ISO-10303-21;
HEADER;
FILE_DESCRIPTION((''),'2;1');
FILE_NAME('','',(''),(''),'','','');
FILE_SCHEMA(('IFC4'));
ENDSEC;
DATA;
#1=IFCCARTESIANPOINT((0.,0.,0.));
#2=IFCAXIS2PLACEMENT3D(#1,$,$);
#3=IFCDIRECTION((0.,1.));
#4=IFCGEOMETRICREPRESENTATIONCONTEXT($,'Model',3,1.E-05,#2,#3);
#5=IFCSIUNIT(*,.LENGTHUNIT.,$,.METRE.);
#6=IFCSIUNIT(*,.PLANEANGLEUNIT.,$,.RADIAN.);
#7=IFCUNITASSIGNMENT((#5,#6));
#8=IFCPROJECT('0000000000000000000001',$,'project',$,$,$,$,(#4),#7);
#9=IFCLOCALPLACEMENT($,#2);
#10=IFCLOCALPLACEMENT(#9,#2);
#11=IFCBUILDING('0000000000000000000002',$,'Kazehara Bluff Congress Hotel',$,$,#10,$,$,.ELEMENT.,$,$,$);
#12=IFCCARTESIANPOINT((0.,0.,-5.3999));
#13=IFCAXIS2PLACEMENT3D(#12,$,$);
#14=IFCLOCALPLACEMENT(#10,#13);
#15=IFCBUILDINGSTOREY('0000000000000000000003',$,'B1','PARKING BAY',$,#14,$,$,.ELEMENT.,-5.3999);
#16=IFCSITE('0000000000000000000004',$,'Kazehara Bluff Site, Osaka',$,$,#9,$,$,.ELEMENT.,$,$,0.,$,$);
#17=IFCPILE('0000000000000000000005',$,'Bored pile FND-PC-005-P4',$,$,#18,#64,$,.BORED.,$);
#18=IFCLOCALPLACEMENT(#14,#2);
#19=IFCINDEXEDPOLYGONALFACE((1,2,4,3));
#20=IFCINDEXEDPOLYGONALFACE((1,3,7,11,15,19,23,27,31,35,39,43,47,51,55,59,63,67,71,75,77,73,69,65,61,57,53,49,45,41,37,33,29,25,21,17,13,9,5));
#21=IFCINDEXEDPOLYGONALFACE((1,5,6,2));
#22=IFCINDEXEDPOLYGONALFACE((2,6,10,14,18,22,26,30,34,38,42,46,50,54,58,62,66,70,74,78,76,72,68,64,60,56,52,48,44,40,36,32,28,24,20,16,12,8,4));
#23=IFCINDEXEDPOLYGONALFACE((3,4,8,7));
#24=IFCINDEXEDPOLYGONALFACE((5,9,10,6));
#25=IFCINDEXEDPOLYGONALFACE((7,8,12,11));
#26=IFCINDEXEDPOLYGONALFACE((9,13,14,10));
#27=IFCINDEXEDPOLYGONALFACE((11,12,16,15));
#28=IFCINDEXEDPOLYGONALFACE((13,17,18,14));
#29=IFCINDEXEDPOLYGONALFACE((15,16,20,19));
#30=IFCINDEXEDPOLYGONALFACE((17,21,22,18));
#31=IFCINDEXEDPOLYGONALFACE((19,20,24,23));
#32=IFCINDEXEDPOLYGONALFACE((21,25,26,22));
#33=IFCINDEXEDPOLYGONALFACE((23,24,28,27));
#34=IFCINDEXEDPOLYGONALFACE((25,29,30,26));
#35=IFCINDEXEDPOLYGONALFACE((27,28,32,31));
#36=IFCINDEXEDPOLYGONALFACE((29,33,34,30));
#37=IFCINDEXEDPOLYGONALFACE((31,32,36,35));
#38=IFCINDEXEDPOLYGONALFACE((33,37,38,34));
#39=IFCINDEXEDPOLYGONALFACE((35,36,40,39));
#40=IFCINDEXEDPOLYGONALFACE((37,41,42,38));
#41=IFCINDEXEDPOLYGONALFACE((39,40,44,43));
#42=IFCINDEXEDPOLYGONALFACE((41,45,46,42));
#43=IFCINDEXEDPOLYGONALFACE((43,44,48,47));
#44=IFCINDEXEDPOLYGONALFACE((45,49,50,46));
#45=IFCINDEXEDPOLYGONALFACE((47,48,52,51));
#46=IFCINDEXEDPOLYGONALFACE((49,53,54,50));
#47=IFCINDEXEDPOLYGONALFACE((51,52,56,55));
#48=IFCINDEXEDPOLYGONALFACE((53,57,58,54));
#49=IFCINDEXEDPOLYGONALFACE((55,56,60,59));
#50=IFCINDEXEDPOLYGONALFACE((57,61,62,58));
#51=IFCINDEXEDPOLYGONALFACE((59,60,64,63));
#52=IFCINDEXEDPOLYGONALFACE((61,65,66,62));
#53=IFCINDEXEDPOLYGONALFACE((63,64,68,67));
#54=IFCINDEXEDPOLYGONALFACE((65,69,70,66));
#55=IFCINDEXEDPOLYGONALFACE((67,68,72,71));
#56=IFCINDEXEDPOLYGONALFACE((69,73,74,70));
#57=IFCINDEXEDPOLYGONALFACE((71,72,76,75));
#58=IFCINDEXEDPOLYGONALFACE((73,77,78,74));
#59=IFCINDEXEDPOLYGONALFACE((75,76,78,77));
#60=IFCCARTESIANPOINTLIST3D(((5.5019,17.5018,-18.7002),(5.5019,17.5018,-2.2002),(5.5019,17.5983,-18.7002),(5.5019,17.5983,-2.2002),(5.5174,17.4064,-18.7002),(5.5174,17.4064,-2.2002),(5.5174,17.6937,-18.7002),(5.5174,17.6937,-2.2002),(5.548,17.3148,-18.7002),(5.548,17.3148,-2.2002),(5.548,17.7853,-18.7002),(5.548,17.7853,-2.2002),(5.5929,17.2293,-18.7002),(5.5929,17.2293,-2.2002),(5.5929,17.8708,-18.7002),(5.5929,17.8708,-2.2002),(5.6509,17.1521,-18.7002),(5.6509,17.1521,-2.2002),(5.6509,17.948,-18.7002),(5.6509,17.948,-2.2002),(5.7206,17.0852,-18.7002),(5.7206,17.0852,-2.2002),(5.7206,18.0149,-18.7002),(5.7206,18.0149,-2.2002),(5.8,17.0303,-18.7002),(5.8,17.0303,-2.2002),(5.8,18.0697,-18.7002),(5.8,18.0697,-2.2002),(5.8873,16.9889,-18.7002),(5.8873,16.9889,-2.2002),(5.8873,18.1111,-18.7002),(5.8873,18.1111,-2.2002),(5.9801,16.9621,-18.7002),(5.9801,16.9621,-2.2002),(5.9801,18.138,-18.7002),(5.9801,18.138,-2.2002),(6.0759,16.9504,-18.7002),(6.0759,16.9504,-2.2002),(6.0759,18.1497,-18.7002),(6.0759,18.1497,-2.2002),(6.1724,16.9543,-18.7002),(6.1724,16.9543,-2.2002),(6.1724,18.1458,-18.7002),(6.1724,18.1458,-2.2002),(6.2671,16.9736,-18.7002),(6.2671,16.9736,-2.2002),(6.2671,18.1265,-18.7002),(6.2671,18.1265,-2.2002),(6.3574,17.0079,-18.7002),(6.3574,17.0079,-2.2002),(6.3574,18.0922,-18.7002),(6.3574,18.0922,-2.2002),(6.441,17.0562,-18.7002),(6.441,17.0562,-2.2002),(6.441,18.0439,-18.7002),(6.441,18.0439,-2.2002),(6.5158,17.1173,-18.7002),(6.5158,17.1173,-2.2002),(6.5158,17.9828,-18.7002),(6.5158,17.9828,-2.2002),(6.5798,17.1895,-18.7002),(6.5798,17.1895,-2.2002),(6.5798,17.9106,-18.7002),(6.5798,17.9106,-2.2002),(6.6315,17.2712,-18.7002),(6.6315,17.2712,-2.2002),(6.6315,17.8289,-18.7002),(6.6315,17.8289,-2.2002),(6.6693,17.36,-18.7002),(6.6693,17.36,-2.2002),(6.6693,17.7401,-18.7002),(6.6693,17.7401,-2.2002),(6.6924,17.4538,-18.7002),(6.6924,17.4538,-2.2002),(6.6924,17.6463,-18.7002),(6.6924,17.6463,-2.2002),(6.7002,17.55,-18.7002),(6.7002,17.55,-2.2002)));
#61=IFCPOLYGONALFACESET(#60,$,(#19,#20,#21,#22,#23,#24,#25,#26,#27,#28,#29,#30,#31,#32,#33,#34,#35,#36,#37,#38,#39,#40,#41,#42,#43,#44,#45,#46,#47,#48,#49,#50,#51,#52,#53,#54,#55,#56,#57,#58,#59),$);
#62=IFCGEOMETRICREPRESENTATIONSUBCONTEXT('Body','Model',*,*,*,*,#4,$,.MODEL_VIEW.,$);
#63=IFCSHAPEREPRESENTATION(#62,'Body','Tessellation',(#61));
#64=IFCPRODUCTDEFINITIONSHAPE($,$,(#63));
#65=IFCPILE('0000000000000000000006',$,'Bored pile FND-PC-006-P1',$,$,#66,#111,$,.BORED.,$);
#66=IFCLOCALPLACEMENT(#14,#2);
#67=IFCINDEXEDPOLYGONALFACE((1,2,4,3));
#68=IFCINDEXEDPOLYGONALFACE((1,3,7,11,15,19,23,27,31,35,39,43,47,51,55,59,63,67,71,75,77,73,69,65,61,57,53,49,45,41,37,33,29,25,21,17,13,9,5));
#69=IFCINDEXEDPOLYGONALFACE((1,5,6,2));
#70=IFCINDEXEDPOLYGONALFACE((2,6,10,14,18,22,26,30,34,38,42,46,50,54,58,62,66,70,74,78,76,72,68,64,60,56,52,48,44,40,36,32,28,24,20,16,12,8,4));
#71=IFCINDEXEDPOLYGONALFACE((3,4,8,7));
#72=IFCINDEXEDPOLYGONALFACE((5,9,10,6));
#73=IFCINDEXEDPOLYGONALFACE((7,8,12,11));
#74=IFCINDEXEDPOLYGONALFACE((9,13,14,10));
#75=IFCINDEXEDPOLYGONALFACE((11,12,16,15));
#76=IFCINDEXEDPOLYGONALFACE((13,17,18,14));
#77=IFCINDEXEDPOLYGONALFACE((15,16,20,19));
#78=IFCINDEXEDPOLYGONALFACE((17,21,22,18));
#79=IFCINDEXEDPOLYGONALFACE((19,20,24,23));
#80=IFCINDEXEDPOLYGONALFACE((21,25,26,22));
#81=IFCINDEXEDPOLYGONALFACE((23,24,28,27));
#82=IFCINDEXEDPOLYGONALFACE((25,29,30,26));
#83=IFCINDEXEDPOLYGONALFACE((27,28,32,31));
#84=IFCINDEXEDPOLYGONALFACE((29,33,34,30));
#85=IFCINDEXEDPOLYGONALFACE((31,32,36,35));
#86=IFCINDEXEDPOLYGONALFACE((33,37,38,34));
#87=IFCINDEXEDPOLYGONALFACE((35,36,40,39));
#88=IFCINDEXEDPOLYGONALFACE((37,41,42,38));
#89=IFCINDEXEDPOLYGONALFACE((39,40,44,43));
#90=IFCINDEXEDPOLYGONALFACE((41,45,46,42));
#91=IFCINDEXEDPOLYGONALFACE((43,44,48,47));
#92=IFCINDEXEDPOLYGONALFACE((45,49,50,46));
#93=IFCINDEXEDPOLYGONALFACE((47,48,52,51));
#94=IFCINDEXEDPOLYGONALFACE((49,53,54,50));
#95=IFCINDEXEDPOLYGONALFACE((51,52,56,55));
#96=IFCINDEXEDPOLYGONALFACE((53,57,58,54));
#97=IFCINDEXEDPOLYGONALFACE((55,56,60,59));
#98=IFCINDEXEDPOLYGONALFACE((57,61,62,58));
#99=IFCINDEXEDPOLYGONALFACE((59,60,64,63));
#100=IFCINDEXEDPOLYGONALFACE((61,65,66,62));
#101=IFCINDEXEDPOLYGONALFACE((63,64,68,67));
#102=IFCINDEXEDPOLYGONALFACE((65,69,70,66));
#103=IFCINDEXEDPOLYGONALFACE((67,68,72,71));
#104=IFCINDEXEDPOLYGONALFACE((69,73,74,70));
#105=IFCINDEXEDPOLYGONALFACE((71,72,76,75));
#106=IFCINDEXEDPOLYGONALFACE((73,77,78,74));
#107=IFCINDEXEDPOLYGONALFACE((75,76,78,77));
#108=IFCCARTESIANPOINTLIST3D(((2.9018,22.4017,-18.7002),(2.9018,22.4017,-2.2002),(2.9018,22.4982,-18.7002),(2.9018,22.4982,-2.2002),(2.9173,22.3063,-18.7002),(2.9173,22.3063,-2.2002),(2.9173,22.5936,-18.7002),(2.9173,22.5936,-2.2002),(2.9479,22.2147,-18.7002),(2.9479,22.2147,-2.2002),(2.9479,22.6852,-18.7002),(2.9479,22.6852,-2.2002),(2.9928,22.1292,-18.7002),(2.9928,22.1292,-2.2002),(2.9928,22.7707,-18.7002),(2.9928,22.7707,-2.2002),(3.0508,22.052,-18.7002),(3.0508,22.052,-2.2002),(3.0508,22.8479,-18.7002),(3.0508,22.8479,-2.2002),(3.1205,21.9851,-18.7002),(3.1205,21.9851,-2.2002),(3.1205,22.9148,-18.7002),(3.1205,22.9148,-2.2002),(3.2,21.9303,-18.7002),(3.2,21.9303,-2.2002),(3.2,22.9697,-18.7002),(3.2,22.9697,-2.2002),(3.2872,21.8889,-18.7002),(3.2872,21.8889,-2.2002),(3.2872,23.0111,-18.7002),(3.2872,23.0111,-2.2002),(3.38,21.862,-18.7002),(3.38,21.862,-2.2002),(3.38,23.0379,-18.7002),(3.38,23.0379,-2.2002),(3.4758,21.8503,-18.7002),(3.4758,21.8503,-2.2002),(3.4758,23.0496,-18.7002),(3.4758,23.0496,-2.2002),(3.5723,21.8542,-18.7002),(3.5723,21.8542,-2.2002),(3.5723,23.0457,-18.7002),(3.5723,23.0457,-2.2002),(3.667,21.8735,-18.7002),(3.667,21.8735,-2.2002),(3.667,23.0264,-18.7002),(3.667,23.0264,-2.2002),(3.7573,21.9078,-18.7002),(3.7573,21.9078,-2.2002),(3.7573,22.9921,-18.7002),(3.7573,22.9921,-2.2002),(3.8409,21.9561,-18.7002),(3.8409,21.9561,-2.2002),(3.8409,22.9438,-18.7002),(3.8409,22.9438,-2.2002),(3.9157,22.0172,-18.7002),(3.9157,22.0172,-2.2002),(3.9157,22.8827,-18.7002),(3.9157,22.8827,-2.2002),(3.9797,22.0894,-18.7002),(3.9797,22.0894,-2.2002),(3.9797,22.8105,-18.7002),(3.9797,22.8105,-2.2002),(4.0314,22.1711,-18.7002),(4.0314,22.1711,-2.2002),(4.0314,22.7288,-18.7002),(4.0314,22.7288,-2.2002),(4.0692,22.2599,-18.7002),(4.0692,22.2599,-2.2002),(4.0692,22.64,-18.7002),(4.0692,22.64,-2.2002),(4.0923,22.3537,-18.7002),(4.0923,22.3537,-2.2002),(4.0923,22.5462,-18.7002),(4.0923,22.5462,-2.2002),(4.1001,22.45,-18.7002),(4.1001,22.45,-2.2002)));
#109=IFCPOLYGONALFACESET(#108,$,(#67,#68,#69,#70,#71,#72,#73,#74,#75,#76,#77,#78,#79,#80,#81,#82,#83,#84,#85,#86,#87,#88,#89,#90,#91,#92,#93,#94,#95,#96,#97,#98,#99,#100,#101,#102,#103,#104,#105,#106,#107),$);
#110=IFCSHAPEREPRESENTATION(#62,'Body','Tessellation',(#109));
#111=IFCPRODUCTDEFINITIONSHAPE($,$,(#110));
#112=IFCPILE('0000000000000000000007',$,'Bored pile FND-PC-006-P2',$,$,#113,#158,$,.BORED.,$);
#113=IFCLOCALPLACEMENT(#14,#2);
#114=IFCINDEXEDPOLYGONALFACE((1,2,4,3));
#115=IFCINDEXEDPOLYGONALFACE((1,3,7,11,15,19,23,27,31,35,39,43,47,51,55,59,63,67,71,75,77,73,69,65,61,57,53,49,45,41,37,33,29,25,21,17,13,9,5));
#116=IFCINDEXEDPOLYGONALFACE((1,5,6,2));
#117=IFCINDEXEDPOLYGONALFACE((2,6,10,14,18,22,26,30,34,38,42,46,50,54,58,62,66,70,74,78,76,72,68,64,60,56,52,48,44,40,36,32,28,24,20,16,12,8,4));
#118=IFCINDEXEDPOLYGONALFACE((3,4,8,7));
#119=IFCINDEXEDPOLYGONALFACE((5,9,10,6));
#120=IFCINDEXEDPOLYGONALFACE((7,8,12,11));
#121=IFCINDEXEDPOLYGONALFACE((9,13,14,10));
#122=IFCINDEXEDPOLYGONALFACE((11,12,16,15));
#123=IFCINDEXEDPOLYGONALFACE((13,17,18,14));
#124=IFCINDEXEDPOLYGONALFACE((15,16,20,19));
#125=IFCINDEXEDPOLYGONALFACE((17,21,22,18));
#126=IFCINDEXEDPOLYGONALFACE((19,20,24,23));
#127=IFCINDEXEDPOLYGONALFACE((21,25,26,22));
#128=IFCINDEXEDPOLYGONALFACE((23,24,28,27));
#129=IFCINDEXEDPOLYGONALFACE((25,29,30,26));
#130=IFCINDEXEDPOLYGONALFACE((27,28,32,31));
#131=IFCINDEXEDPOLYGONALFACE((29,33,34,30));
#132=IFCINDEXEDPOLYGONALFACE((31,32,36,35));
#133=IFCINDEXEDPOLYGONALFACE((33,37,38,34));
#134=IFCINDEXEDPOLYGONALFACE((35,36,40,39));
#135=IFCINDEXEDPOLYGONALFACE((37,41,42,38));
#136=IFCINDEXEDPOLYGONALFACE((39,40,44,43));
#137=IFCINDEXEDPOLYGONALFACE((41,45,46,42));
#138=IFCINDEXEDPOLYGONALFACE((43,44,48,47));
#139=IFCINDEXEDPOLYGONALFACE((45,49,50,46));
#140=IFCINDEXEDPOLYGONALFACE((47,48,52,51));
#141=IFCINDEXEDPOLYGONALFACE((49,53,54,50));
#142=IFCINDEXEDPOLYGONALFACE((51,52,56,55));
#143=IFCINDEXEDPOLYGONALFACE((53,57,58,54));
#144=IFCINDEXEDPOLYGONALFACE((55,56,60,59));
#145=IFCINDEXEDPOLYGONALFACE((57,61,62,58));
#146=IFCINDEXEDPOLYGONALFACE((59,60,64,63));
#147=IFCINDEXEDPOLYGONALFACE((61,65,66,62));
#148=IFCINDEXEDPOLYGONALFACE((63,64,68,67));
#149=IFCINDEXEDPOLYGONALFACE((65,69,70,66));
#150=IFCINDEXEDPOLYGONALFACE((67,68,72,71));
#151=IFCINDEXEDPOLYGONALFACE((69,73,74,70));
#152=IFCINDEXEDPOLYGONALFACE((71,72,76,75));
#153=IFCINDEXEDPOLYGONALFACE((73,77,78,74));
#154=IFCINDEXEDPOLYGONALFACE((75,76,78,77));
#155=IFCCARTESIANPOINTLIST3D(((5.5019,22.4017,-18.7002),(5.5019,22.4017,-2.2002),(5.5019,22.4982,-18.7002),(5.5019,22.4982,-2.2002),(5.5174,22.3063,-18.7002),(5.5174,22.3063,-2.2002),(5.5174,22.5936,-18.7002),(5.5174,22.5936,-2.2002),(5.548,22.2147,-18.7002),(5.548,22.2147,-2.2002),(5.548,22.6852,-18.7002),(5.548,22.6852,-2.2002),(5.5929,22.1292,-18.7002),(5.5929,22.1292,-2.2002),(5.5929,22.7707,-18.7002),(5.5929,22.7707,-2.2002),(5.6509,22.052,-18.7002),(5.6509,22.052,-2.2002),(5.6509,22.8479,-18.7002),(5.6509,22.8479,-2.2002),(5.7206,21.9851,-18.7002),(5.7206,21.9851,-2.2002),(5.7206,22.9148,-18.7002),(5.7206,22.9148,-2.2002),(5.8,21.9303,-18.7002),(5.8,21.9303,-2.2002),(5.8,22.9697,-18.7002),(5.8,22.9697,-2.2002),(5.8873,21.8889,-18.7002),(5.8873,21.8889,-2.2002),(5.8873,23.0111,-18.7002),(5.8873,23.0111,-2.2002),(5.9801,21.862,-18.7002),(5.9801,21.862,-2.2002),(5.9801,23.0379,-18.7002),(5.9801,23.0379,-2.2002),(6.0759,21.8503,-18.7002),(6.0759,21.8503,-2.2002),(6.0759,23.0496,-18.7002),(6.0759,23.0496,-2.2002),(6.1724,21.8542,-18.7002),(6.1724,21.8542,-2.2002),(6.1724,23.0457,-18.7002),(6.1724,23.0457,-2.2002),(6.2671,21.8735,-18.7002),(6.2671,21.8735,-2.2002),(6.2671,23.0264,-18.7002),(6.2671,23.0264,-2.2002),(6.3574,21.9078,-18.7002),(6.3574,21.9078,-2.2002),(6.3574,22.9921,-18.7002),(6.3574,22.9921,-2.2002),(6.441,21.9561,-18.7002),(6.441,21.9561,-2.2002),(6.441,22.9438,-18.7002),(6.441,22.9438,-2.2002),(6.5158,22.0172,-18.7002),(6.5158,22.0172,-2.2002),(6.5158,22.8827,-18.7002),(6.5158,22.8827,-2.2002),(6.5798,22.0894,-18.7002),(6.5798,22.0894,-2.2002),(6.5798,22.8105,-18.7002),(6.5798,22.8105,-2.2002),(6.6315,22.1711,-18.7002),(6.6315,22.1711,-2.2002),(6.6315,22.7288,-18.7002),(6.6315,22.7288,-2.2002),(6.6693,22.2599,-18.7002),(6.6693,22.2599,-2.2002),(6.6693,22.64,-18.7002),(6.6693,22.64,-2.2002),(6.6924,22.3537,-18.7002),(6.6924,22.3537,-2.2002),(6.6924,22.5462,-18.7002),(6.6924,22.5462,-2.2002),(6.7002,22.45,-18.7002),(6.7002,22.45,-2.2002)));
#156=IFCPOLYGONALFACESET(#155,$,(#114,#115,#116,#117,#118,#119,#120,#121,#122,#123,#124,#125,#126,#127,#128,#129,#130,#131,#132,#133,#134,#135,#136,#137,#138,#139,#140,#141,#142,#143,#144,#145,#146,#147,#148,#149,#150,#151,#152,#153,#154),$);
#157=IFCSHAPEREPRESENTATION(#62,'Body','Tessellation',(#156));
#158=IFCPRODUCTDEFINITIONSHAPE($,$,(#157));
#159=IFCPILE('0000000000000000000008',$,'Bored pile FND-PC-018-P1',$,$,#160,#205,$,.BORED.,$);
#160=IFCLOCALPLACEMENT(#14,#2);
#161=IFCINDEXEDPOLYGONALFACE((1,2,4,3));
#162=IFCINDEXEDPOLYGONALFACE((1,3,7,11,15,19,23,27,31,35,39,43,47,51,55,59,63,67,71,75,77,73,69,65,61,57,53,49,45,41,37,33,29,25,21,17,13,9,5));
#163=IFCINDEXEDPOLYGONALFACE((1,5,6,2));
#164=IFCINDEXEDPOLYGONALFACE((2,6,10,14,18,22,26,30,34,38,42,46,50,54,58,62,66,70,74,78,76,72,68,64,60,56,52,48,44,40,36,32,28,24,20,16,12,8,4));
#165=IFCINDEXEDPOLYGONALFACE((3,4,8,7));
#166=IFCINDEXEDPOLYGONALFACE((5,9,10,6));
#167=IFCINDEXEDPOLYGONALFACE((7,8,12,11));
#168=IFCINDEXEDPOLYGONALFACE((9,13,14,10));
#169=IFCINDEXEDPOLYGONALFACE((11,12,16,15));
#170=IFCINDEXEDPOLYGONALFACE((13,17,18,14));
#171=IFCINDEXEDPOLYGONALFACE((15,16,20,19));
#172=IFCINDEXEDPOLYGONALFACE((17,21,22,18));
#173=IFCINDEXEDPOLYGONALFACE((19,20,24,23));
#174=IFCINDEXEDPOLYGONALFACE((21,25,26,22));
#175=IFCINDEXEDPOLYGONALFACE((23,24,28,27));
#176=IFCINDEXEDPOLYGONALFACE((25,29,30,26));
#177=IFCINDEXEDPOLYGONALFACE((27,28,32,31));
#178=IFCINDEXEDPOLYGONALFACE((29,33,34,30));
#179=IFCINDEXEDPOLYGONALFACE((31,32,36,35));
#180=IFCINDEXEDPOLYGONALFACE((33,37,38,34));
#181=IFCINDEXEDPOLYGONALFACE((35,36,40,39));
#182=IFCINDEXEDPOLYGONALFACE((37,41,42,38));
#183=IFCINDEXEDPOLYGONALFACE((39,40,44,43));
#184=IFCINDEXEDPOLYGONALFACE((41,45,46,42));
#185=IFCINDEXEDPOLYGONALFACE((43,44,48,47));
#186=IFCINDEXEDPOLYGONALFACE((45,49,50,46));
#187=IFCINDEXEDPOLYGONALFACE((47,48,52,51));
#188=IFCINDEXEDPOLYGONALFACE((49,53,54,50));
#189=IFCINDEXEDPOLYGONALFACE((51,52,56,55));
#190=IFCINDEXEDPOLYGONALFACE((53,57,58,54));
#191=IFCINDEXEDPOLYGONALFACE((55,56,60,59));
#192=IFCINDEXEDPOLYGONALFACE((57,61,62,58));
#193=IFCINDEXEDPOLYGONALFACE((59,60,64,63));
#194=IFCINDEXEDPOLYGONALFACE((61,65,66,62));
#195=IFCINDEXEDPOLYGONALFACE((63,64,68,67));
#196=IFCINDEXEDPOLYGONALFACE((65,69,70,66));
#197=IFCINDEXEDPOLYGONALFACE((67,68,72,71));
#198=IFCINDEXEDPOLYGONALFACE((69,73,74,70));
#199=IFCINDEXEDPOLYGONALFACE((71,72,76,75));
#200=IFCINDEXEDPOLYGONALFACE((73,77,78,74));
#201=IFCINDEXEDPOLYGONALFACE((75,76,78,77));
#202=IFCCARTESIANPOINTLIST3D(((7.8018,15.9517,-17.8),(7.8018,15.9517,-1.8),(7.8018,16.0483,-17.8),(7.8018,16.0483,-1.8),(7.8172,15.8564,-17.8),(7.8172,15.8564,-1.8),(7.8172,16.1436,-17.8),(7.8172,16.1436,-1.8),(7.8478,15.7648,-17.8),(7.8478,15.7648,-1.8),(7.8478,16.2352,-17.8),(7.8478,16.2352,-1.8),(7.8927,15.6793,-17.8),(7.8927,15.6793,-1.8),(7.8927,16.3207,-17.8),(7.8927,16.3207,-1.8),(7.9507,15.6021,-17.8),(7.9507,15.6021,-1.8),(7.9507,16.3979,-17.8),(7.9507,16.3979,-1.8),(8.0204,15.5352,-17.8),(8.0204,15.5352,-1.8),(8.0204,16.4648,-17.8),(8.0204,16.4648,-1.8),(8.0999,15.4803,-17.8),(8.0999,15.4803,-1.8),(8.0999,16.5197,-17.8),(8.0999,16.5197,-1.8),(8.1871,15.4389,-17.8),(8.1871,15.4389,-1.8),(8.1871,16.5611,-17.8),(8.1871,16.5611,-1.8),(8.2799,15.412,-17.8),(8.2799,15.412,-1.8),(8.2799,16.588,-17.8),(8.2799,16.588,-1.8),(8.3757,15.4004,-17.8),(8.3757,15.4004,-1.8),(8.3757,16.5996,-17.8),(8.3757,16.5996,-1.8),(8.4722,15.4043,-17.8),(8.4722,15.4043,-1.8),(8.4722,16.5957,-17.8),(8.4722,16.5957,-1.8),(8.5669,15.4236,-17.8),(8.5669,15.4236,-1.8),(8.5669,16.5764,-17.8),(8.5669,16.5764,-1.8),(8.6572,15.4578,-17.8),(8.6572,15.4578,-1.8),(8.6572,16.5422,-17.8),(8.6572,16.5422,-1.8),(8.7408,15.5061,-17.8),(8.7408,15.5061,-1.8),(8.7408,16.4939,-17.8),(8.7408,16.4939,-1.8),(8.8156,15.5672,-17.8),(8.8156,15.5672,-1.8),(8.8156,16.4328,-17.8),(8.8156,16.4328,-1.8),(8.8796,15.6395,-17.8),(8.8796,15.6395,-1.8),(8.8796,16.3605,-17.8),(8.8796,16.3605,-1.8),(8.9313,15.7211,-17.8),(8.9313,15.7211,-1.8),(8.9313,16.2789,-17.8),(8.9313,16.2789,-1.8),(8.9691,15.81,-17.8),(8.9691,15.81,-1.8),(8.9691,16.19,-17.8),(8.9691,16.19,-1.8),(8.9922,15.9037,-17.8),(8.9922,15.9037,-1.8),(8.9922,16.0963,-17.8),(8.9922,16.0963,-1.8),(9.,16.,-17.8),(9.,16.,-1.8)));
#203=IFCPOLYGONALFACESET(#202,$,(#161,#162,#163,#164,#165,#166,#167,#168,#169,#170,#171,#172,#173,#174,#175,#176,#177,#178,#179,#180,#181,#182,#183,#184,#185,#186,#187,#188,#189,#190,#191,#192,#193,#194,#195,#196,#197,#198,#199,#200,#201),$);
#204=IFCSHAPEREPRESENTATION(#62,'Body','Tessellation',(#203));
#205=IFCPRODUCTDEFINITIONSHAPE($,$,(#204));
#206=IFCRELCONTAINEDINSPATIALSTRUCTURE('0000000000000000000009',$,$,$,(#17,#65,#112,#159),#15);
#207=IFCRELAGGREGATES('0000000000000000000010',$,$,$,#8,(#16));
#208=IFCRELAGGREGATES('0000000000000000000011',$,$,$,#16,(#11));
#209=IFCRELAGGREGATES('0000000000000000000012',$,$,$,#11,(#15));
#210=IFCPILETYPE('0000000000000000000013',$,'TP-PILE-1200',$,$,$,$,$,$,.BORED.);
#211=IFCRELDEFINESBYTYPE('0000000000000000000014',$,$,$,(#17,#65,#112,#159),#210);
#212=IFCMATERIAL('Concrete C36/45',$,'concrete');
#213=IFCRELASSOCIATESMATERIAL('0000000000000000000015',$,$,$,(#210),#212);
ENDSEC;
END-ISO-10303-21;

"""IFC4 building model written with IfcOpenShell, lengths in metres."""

from ifc_helpers import new_model, si_unit, direction, frame, origin, origin_2d, place, context, subcontext, project, spatial, circle, extrude, material, material_profile, profile_set, type_object, element, save


model = new_model("IFC4")

# Units and contexts
model_context = context("Model", 3, precision=1e-05, world=origin(), true_north=direction((0.0, 1.0)))
body_context = subcontext(model_context, "Body", "Model", "MODEL_VIEW")
ifc_project = project(units=[si_unit("LENGTHUNIT", "METRE"), si_unit("PLANEANGLEUNIT", "RADIAN")], contexts=[model_context])

# Site, building, storey
site_placement = place(None, origin())
site = spatial("IfcSite", under=ifc_project, at=site_placement, Name="Kazehara Bluff Site, Osaka", CompositionType="ELEMENT", RefElevation=0.0)
building_placement = place(site_placement, origin())
building = spatial("IfcBuilding", under=site, at=building_placement, Name="Kazehara Bluff Congress Hotel", CompositionType="ELEMENT")
storey_placement = place(building_placement, frame((0.0, 0.0, -5.3999)))
storey = spatial("IfcBuildingStorey", under=building, at=storey_placement, Name="B1", Description="PARKING BAY", CompositionType="ELEMENT", Elevation=-5.3999)

# Piles
ifc_material_1 = material(Name="Concrete C36/45", Category="concrete")
ifc_material_profile_1 = material_profile(ifc_material_1, circle(Radius=0.6001, at=origin_2d()))
ifc_profile_set_1 = profile_set([ifc_material_profile_1], Name="Concrete C36/45")
pile_type = type_object("IfcPileType", Name="TP-PILE-1200", PredefinedType="BORED", material=ifc_profile_set_1)
for number, where, z_axis, x_axis, name in (
    (1, (6.1001, 17.55, -2.2002), (0.0, 0.0, -1.0), (1.0, 0.0, 0.0), "Bored pile FND-PC-005-P4"),
    (2, (3.5, 22.45, -2.2002), (0.0, 0.0, -1.0), (1.0, 0.0, 0.0), "Bored pile FND-PC-006-P1"),
    (3, (6.1001, 22.45, -2.2002), (0.0, 0.0, -1.0), (1.0, 0.0, 0.0), "Bored pile FND-PC-006-P2"),
):
    element("IfcPile", number, at=place(storey_placement, frame(where, z_axis=z_axis, x_axis=x_axis)), inside=storey, type_object=pile_type, Name=name, PredefinedType="BORED", context=body_context, shape_type="SweptSolid", body=[
        extrude(circle(Radius=0.6001, at=origin_2d()), origin(), (0.0, 0.0, 1.0), 16.5),
    ])
for number, where, z_axis, x_axis, name in (
    (4, (8.3999, 16.0, -1.8), (0.0, 0.0, -1.0), (1.0, 0.0, 0.0), "Bored pile FND-PC-018-P1"),
):
    element("IfcPile", number, at=place(storey_placement, frame(where, z_axis=z_axis, x_axis=x_axis)), inside=storey, type_object=pile_type, Name=name, PredefinedType="BORED", context=body_context, shape_type="SweptSolid", body=[
        extrude(circle(Radius=0.6001, at=origin_2d()), origin(), (0.0, 0.0, 1.0), 16.0),
    ])

save(model, "model.ifc")
